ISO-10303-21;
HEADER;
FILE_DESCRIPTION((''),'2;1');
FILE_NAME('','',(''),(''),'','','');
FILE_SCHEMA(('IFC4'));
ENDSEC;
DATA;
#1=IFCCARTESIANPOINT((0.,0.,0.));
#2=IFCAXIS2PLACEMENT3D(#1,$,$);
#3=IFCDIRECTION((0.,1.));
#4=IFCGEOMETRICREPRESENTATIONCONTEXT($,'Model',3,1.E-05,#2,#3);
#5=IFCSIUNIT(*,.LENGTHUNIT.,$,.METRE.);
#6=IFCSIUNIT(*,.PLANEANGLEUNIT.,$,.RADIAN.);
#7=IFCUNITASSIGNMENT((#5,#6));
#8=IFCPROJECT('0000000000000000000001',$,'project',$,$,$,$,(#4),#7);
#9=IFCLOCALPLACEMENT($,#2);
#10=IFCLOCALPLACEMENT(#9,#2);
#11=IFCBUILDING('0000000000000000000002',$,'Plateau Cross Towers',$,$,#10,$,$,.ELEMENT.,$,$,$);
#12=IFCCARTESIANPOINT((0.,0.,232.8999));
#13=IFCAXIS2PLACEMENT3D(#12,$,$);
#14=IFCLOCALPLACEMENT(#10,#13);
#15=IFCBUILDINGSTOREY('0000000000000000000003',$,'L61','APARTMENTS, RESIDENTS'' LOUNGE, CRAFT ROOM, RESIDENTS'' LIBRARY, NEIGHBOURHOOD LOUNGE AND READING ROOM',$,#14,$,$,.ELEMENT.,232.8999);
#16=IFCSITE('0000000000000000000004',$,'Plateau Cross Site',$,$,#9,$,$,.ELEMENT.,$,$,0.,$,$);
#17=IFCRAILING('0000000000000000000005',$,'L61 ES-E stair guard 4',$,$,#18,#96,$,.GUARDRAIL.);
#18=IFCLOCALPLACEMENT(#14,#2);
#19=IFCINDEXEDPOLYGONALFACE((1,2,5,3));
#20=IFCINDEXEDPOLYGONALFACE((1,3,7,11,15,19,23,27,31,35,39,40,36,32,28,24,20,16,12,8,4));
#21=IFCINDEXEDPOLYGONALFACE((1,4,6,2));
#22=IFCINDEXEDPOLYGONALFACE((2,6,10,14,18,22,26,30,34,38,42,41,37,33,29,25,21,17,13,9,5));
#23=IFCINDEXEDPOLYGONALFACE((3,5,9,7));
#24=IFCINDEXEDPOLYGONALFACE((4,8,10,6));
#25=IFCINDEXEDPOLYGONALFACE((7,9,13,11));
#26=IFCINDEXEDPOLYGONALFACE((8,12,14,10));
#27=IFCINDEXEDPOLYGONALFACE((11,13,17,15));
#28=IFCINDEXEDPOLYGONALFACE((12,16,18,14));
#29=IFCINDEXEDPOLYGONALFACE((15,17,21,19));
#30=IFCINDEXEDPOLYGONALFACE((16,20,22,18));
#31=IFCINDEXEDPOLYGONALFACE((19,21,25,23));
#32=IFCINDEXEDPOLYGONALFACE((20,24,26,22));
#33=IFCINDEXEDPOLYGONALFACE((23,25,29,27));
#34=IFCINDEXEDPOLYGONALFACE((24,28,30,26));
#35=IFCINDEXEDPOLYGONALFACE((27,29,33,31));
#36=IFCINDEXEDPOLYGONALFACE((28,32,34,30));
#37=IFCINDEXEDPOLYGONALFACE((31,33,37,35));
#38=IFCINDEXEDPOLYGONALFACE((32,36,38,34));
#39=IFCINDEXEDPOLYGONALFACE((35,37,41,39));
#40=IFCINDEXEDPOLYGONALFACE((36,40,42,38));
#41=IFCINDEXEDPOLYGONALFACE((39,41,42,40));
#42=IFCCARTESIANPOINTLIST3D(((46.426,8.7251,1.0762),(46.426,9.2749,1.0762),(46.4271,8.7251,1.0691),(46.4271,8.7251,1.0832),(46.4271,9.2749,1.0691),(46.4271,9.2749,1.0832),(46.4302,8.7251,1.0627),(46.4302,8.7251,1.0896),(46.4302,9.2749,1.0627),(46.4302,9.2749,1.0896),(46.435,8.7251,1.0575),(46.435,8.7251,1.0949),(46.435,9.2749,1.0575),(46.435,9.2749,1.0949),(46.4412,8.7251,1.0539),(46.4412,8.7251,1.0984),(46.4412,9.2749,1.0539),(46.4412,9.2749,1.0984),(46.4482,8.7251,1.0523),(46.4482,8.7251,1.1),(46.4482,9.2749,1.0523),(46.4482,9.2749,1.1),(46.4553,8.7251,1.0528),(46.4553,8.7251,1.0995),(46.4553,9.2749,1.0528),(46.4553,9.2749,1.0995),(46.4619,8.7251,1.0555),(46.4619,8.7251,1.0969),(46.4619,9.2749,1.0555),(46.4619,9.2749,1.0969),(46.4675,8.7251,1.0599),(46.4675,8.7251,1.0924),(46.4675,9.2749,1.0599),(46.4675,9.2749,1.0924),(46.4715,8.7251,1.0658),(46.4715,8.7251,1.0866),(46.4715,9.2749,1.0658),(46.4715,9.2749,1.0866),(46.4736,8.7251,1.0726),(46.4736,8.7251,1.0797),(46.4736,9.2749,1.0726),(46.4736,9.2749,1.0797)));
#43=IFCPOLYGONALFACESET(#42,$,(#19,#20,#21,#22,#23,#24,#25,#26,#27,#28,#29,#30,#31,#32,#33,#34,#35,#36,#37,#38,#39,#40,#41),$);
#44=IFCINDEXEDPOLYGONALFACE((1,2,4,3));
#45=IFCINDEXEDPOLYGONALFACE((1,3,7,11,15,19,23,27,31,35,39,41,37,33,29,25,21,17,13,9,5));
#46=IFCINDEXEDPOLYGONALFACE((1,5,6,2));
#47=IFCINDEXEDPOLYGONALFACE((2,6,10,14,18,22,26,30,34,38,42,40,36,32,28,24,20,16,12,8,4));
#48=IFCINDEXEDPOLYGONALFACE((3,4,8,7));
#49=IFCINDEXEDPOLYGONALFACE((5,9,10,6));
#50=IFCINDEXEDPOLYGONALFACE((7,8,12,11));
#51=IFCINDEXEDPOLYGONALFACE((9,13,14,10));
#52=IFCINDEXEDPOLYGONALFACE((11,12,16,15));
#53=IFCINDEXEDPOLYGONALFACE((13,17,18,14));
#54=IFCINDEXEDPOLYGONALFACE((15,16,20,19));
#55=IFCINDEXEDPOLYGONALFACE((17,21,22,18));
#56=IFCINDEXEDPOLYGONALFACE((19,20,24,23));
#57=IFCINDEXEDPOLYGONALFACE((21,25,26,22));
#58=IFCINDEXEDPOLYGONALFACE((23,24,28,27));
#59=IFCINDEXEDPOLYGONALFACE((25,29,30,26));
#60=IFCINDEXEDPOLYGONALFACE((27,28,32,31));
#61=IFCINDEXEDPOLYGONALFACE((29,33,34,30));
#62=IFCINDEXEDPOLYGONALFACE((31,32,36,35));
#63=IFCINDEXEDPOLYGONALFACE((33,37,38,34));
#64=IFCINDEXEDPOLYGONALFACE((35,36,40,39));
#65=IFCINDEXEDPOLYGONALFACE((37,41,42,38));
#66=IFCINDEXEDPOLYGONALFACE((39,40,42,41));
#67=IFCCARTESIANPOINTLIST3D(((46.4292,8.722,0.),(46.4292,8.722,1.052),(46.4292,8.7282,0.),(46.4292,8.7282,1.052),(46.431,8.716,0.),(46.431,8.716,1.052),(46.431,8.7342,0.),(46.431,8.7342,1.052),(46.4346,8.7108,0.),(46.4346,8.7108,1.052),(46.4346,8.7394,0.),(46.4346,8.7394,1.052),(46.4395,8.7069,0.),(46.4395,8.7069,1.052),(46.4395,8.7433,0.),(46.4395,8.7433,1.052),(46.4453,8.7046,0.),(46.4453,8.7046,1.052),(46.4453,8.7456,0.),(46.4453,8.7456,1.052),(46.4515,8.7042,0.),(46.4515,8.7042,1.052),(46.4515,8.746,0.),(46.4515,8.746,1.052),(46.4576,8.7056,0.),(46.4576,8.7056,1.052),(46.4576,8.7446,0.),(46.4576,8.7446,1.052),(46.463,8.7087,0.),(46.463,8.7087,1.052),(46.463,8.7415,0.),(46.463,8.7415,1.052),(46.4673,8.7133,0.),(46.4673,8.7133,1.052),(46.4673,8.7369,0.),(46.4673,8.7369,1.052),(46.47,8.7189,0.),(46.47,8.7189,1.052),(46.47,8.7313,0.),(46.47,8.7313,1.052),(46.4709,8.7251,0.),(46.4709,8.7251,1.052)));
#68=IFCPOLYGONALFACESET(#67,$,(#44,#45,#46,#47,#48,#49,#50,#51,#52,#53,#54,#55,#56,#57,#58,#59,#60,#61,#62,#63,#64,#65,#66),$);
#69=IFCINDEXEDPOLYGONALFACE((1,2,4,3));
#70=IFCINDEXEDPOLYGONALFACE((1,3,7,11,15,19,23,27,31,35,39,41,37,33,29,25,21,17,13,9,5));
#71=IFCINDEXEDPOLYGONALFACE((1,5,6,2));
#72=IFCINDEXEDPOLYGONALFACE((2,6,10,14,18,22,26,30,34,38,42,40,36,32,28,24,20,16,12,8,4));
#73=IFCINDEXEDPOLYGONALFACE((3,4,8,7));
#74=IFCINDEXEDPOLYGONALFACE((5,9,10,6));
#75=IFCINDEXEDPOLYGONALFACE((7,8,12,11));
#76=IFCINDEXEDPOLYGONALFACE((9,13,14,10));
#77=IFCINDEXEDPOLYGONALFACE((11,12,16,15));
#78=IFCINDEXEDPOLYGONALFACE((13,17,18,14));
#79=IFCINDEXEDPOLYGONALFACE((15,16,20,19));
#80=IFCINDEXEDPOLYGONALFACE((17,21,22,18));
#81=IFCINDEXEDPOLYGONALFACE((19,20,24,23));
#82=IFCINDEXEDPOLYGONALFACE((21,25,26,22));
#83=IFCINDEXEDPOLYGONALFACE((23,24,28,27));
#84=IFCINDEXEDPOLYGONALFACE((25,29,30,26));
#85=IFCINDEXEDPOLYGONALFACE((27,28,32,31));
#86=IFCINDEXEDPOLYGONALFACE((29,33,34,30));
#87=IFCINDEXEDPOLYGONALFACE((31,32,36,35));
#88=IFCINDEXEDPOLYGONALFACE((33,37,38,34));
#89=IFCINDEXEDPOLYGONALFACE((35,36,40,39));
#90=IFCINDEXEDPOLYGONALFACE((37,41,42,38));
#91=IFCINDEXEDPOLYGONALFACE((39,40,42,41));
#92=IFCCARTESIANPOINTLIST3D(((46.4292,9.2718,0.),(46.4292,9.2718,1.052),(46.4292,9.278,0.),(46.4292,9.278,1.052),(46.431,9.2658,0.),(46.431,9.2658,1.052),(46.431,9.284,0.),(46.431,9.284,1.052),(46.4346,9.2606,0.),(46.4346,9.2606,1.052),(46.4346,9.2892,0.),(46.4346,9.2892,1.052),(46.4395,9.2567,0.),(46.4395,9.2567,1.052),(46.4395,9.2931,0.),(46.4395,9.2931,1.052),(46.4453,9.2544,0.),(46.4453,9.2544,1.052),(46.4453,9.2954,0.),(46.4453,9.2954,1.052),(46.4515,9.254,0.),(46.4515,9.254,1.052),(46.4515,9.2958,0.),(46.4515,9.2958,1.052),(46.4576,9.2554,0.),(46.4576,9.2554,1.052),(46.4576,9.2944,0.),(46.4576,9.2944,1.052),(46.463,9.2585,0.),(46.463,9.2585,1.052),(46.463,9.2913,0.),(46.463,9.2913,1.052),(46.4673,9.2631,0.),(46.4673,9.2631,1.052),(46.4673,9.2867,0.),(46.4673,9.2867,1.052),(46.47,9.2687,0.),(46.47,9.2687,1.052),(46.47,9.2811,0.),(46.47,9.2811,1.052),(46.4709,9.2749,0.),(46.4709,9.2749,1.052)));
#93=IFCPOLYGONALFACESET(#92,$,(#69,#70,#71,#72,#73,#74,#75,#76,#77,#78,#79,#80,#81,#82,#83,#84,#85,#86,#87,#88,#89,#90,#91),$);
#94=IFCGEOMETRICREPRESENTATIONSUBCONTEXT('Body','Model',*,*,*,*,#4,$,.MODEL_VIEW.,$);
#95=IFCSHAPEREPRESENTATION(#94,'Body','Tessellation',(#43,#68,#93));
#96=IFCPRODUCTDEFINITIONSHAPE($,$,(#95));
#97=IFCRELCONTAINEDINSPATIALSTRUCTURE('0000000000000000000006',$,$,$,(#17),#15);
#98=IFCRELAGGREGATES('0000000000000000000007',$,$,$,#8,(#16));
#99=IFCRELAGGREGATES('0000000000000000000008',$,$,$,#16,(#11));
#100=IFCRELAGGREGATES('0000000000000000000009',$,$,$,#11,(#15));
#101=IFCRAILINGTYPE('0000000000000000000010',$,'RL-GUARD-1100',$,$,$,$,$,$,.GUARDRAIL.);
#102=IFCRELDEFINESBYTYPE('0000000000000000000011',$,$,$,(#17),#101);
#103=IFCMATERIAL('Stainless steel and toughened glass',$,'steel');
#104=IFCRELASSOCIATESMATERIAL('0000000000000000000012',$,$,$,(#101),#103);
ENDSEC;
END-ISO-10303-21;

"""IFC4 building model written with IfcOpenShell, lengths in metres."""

from ifc_helpers import new_model, si_unit, direction, frame, origin, origin_2d, place, context, subcontext, project, spatial, circle, extrude, material, type_object, element, save


model = new_model("IFC4")

# Units and contexts
model_context = context("Model", 3, precision=1e-05, world=origin(), true_north=direction((0.0, 1.0)))
body_context = subcontext(model_context, "Body", "Model", "MODEL_VIEW")
ifc_project = project(units=[si_unit("LENGTHUNIT", "METRE"), si_unit("PLANEANGLEUNIT", "RADIAN")], contexts=[model_context])

# Site, building, storey
site_placement = place(None, origin())
site = spatial("IfcSite", under=ifc_project, at=site_placement, Name="Plateau Cross Site", CompositionType="ELEMENT", RefElevation=0.0)
building_placement = place(site_placement, origin())
building = spatial("IfcBuilding", under=site, at=building_placement, Name="Plateau Cross Towers", CompositionType="ELEMENT")
storey_placement = place(building_placement, frame((0.0, 0.0, 232.8999)))
storey = spatial("IfcBuildingStorey", under=building, at=storey_placement, Name="L61", Description="APARTMENTS, RESIDENTS' LOUNGE, CRAFT ROOM, RESIDENTS' LIBRARY, NEIGHBOURHOOD LOUNGE AND READING ROOM", CompositionType="ELEMENT", Elevation=232.8999)

# Railing
ifc_material_1 = material(Name="Stainless steel and toughened glass", Category="steel")
railing_type_1 = type_object("IfcRailingType", Name="RL-GUARD-1100", PredefinedType="GUARDRAIL", material=ifc_material_1)
for number, where, name in (
    (1, (46.45, 8.7251, 0.0), "L61 ES-E stair guard 4"),
):
    element("IfcRailing", number, at=place(storey_placement, frame(where)), inside=storey, type_object=railing_type_1, Name=name, PredefinedType="GUARDRAIL", context=body_context, shape_type="SweptSolid", body=[
        extrude(circle(Radius=0.0239, at=origin_2d()), frame((0.0, 0.0, 1.0762), z_axis=(0.0, 1.0, 0.0), x_axis=(-1.0, 0.0, 0.0)), (0.0, 0.0, 1.0), 0.5498),
        extrude(circle(Radius=0.021, at=origin_2d()), origin(), (0.0, 0.0, 1.0), 1.052),
        extrude(circle(Radius=0.021, at=origin_2d()), frame((0.0, 0.5498, 0.0)), (0.0, 0.0, 1.0), 1.052),
    ])

save(model, "model.ifc")
